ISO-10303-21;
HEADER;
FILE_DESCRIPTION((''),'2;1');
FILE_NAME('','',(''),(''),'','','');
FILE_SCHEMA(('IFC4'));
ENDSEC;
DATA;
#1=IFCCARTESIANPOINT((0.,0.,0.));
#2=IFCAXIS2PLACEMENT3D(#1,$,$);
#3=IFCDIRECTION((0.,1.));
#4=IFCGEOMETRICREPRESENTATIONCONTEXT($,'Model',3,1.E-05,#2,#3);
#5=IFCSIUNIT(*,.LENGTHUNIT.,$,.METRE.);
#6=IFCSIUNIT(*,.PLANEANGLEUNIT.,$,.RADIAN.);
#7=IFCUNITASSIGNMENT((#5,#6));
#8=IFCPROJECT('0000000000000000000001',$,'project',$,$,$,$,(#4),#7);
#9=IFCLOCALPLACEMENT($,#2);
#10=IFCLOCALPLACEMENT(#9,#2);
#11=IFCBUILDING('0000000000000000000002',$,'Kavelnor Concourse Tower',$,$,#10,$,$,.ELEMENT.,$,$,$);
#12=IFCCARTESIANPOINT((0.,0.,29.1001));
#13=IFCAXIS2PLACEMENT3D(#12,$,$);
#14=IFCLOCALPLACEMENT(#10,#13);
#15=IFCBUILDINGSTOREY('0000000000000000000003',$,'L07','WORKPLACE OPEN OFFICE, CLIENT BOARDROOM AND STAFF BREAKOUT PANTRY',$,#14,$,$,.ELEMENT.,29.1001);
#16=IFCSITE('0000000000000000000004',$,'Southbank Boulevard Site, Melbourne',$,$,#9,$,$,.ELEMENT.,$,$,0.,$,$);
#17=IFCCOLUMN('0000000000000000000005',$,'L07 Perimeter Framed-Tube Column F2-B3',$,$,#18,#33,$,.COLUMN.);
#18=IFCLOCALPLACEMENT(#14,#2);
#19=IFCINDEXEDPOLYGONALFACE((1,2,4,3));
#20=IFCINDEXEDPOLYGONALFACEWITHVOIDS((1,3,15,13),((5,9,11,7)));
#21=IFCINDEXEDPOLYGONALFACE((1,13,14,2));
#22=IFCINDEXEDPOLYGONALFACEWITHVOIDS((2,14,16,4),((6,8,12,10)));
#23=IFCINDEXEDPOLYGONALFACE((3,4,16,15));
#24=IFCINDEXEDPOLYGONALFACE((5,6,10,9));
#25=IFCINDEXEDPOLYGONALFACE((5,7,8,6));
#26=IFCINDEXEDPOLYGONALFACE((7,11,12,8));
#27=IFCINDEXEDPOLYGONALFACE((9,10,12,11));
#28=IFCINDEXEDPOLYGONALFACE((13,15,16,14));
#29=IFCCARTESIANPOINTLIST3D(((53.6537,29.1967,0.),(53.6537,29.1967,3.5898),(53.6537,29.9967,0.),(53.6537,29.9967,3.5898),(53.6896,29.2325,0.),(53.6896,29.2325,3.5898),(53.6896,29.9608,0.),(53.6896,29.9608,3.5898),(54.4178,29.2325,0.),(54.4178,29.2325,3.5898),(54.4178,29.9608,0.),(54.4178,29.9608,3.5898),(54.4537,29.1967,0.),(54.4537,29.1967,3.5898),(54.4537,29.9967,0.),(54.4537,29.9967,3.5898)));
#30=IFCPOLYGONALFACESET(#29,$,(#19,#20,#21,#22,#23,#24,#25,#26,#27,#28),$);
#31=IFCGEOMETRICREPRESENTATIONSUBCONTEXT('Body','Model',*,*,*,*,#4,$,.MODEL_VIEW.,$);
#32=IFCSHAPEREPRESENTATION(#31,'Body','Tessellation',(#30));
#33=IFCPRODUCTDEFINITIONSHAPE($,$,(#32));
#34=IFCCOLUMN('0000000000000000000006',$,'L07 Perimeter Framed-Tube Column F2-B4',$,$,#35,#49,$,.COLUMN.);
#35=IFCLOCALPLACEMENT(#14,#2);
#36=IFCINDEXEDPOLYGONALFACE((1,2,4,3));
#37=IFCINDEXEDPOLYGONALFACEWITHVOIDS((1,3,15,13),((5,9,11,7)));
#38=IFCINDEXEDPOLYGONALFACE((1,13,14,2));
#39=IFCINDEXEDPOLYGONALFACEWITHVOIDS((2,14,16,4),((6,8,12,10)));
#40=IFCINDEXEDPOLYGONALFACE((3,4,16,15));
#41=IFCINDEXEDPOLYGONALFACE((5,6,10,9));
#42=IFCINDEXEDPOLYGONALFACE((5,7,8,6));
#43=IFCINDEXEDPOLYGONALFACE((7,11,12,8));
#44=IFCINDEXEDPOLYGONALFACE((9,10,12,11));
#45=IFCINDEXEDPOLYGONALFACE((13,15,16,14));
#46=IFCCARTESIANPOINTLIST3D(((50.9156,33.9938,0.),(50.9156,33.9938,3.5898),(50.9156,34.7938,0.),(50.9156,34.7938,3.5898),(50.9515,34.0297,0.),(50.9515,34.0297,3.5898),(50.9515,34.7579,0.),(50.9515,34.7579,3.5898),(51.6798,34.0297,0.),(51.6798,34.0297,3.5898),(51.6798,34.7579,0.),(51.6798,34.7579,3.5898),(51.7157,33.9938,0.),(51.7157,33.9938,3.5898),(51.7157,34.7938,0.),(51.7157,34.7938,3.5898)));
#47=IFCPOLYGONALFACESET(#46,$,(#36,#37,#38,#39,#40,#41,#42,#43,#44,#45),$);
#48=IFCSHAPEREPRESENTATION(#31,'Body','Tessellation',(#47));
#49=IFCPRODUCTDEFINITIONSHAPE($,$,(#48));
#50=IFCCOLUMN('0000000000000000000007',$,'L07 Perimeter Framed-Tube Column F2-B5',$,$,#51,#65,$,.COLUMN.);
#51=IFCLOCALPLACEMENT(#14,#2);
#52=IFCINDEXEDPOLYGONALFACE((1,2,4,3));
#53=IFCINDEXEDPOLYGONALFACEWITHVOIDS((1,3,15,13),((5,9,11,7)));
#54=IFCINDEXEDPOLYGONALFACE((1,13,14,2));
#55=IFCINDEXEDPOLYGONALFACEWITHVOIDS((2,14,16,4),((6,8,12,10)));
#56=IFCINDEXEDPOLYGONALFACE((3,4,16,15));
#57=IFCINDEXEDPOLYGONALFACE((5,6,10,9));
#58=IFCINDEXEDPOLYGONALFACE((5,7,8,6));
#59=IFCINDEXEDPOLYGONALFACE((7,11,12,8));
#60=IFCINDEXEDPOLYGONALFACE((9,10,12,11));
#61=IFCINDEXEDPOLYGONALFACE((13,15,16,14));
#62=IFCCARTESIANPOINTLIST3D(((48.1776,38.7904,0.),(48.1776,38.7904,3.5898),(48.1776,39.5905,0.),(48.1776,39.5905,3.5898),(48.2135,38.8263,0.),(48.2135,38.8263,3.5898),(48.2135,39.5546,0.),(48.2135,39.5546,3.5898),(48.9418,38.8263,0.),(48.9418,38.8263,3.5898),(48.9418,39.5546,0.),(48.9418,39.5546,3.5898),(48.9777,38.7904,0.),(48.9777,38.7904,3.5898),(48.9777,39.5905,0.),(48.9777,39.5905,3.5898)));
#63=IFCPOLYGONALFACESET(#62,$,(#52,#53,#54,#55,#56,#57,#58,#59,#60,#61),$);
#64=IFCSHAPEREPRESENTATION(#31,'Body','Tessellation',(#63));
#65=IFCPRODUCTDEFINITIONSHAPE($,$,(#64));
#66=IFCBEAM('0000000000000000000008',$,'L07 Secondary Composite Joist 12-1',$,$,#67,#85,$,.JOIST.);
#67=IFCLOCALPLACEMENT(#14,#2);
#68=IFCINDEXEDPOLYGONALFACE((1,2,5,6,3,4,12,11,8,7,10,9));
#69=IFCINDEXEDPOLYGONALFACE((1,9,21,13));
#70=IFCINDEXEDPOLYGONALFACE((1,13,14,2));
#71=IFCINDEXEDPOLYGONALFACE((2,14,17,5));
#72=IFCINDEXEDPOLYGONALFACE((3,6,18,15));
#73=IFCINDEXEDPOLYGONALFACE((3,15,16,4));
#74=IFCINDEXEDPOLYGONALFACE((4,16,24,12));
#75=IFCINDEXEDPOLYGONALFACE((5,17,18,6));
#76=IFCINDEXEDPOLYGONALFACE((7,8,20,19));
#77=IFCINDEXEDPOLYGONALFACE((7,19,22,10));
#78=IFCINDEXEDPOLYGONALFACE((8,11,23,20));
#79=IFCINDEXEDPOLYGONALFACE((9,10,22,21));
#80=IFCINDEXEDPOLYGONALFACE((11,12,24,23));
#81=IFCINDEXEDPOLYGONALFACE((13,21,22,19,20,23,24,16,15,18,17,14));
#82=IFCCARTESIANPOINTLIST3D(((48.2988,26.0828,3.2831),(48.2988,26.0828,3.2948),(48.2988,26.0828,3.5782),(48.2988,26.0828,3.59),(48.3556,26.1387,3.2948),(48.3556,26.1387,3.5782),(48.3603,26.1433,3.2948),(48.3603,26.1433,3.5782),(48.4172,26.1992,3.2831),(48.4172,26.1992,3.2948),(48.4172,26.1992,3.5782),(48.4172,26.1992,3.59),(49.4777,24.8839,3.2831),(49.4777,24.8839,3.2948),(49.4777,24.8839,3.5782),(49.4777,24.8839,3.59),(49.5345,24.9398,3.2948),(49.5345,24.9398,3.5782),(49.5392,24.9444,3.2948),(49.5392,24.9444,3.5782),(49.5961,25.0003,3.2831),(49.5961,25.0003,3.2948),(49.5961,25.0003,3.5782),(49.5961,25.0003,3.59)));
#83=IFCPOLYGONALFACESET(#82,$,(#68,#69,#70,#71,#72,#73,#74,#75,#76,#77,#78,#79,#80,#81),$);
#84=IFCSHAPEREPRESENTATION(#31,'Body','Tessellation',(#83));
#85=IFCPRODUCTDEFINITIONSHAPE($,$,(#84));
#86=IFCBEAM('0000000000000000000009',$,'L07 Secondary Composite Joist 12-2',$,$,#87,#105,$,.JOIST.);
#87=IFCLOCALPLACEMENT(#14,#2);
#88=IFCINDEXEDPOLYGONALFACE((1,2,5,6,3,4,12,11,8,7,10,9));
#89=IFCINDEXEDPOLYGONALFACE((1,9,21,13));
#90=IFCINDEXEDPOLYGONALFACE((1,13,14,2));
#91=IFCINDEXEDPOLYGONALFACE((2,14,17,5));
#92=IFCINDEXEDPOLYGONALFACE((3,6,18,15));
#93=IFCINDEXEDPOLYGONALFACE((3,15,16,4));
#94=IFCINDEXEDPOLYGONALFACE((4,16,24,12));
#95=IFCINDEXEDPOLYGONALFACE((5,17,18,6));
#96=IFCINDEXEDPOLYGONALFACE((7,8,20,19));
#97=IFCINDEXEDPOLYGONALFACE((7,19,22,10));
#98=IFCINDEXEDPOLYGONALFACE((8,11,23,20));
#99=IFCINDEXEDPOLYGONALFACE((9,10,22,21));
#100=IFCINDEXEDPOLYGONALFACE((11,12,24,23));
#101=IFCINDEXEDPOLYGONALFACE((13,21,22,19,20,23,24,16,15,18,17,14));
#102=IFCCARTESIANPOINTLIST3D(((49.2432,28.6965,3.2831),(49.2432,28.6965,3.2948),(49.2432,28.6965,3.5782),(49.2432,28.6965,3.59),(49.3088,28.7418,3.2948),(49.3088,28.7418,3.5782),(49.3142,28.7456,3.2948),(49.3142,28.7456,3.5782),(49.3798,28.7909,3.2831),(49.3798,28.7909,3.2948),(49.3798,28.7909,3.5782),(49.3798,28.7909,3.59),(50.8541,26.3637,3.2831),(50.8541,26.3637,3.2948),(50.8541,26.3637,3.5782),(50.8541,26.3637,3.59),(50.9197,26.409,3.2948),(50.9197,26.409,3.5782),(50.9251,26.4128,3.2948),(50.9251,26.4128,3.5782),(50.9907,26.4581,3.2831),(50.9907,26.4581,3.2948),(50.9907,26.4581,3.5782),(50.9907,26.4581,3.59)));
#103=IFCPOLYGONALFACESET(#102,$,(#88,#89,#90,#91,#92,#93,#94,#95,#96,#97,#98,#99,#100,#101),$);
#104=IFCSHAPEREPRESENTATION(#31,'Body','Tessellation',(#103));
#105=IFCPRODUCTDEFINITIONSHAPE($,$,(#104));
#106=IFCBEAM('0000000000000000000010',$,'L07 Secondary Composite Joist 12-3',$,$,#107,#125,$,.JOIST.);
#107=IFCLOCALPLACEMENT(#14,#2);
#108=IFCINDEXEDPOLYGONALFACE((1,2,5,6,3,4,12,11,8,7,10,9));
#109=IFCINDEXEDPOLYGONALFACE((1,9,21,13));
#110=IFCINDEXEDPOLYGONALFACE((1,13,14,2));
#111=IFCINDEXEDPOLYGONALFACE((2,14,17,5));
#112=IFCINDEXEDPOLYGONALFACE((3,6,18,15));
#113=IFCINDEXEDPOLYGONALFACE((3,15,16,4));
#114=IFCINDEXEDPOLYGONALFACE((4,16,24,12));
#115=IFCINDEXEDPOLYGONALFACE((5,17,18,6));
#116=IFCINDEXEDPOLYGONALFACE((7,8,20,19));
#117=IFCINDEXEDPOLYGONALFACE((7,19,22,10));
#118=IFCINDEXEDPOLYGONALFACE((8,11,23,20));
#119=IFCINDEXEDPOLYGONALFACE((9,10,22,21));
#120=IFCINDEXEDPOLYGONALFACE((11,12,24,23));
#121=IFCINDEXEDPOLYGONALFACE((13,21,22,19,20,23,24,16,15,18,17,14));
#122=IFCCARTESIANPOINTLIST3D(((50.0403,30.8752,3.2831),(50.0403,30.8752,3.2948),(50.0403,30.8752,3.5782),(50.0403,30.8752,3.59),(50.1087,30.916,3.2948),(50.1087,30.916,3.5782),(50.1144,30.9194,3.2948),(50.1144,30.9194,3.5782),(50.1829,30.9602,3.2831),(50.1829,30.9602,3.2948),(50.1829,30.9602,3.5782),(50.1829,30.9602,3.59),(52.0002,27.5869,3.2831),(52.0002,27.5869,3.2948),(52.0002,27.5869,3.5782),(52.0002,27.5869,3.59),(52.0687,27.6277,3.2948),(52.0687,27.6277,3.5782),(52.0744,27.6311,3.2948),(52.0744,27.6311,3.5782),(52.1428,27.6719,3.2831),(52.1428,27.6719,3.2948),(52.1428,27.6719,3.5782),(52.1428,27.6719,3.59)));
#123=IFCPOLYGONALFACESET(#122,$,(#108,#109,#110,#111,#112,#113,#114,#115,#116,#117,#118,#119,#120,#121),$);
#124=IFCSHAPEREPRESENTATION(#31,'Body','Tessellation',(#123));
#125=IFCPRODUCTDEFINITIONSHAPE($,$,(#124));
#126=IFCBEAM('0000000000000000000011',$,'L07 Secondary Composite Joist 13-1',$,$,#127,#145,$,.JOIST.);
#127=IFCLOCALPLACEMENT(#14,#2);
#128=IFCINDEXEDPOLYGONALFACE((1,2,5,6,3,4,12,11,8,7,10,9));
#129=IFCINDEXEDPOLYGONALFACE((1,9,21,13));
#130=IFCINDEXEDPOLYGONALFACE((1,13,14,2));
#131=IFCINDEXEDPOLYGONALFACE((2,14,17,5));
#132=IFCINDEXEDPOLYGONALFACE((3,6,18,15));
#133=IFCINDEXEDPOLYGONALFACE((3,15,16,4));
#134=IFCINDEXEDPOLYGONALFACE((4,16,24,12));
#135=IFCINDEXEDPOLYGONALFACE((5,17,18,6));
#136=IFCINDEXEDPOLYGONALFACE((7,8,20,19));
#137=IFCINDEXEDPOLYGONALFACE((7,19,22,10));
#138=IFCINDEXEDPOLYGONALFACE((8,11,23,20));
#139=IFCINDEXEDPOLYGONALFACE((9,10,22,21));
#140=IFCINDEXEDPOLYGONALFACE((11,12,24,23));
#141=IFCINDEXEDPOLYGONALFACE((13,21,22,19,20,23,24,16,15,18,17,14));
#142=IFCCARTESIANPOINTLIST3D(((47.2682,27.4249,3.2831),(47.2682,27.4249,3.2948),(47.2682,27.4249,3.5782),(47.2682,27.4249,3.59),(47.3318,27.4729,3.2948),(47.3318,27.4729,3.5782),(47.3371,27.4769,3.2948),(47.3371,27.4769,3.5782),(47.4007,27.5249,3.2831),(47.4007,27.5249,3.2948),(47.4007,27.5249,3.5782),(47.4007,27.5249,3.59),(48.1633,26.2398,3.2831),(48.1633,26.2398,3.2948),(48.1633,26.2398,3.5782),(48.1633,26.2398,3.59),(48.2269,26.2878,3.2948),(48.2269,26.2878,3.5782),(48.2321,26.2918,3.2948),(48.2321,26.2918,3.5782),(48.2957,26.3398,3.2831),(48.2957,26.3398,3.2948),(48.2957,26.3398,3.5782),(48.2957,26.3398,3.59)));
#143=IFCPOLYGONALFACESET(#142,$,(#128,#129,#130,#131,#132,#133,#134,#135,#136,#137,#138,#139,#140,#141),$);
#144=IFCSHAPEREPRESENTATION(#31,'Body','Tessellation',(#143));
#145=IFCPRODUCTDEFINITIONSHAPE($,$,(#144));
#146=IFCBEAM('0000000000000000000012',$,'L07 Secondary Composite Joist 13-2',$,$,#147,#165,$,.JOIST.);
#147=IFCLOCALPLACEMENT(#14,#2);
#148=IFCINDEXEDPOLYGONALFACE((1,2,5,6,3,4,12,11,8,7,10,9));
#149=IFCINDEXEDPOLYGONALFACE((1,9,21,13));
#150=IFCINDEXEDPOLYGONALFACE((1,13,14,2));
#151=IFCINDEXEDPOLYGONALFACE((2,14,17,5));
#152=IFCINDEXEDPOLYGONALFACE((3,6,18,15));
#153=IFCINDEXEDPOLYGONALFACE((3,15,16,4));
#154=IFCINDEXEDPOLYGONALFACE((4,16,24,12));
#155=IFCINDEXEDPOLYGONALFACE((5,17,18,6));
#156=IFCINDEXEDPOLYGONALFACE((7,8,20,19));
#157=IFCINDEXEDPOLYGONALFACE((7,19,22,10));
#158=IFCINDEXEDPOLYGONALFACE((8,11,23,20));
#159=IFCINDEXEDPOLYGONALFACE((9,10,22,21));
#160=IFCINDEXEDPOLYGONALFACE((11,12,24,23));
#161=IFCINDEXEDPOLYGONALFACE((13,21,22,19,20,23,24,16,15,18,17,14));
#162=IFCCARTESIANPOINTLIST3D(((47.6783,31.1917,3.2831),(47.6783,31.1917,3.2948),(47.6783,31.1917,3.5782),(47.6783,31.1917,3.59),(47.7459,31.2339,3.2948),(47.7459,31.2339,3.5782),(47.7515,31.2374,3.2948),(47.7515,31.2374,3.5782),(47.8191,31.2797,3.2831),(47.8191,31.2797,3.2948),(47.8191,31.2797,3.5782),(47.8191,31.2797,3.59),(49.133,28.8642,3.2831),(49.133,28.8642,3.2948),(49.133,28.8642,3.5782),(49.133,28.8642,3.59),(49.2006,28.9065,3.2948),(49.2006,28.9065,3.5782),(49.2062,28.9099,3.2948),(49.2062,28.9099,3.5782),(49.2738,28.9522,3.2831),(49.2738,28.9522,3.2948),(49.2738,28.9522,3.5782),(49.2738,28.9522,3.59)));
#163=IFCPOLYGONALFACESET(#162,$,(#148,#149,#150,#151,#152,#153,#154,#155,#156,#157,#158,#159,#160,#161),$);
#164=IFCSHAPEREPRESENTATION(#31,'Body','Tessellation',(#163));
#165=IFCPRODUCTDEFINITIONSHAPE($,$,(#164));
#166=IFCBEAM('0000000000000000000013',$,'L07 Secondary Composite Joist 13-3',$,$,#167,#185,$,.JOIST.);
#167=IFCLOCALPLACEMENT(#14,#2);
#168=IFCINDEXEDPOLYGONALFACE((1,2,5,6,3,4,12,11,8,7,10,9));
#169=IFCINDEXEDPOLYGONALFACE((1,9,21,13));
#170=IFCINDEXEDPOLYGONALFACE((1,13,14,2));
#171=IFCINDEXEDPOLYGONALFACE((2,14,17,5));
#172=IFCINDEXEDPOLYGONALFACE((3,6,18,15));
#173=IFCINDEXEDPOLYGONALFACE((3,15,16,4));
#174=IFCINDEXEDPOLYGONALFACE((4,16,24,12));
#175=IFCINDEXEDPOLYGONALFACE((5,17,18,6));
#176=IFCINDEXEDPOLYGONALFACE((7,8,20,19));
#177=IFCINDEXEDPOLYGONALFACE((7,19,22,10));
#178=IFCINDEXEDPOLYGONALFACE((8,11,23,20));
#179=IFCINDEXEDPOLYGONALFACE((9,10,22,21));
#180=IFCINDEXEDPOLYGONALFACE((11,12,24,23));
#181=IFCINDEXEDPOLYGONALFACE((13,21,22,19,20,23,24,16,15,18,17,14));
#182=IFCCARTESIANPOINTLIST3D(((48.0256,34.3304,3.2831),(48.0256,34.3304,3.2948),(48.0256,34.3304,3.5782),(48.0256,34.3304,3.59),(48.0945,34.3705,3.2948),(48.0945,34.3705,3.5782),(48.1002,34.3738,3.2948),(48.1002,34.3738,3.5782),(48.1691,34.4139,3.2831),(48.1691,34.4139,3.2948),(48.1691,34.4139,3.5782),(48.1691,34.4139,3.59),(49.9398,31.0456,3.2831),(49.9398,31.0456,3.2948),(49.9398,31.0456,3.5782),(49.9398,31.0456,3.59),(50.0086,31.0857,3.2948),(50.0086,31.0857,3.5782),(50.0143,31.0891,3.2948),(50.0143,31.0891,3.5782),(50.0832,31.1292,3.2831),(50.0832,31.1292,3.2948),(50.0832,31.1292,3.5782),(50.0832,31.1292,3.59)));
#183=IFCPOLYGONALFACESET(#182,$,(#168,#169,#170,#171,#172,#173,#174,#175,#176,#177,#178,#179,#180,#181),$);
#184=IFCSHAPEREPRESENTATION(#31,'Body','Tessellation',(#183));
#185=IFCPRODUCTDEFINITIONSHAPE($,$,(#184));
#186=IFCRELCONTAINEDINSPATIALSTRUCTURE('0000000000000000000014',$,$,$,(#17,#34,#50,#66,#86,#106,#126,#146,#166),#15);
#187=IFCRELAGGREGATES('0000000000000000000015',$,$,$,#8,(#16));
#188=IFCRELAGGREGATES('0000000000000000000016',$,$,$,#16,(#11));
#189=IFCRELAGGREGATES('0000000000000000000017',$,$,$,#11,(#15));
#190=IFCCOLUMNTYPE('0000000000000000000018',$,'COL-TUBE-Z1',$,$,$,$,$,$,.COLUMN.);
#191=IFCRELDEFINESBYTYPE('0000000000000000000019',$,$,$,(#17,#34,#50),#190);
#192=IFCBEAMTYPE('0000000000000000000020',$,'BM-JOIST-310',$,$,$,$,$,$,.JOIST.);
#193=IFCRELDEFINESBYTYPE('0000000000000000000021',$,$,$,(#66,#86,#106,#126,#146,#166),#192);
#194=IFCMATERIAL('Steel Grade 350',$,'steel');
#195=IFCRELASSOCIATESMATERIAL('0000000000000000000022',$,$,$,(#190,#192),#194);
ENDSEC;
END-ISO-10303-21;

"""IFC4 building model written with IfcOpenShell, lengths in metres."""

from ifc_helpers import new_model, si_unit, direction, frame, origin, origin_2d, place, context, subcontext, project, spatial, hollow_rectangle, i_section, extrude, material, material_profile, profile_set, type_object, element, save


model = new_model("IFC4")

# Units and contexts
model_context = context("Model", 3, precision=1e-05, world=origin(), true_north=direction((0.0, 1.0)))
body_context = subcontext(model_context, "Body", "Model", "MODEL_VIEW")
ifc_project = project(units=[si_unit("LENGTHUNIT", "METRE"), si_unit("PLANEANGLEUNIT", "RADIAN")], contexts=[model_context])

# Site, building, storey
site_placement = place(None, origin())
site = spatial("IfcSite", under=ifc_project, at=site_placement, Name="Southbank Boulevard Site, Melbourne", CompositionType="ELEMENT", RefElevation=0.0)
building_placement = place(site_placement, origin())
building = spatial("IfcBuilding", under=site, at=building_placement, Name="Kavelnor Concourse Tower", CompositionType="ELEMENT")
storey_placement = place(building_placement, frame((0.0, 0.0, 29.1001)))
storey = spatial("IfcBuildingStorey", under=building, at=storey_placement, Name="L07", Description="WORKPLACE OPEN OFFICE, CLIENT BOARDROOM AND STAFF BREAKOUT PANTRY", CompositionType="ELEMENT", Elevation=29.1001)

# Columns
ifc_material_1 = material(Name="Steel Grade 350", Category="steel")
ifc_material_profile_1 = material_profile(ifc_material_1, hollow_rectangle(XDim=0.8, YDim=0.8, WallThickness=0.0359, at=origin_2d()), Name="SHS 800x800x36")
ifc_profile_set_1 = profile_set([ifc_material_profile_1], Name="Steel Grade 350")
column_type = type_object("IfcColumnType", Name="COL-TUBE-Z1", PredefinedType="COLUMN", material=ifc_profile_set_1)
for number, where, z_axis, x_axis, name in (
    (1, (54.0537, 29.5967, 0.0), (0.0, 0.0, 1.0), (1.0, 0.0, 0.0), "L07 Perimeter Framed-Tube Column F2-B3"),
    (2, (51.3157, 34.3938, 0.0), (0.0, 0.0, 1.0), (1.0, 0.0, 0.0), "L07 Perimeter Framed-Tube Column F2-B4"),
    (3, (48.5776, 39.1904, 0.0), (0.0, 0.0, 1.0), (1.0, 0.0, 0.0), "L07 Perimeter Framed-Tube Column F2-B5"),
):
    element("IfcColumn", number, at=place(storey_placement, frame(where, z_axis=z_axis, x_axis=x_axis)), inside=storey, type_object=column_type, Name=name, PredefinedType="COLUMN", context=body_context, shape_type="SweptSolid", body=[
        extrude(hollow_rectangle(XDim=0.8, YDim=0.8, WallThickness=0.0359, at=origin_2d()), origin(), (0.0, 0.0, 1.0), 3.5898),
    ])

# Beams
ifc_material_profile_2 = material_profile(ifc_material_1, i_section(OverallWidth=0.166, OverallDepth=0.3069, WebThickness=0.0066, FlangeThickness=0.0117, at=origin_2d()), Name="310UB46")
ifc_profile_set_2 = profile_set([ifc_material_profile_2], Name="Steel Grade 350")
beam_type_1 = type_object("IfcBeamType", Name="BM-JOIST-310", PredefinedType="JOIST", material=ifc_profile_set_2)
beam_1_placement = place(storey_placement, frame((49.5369, 24.9421, 3.4365), z_axis=(-0.701129, 0.713035, 0.0), x_axis=(-0.713035, -0.701129, 0.0)))
element("IfcBeam", 4, at=beam_1_placement, inside=storey, type_object=beam_type_1, Name="L07 Secondary Composite Joist 12-1", PredefinedType="JOIST", context=body_context, shape_type="SweptSolid", body=[
    extrude(i_section(OverallWidth=0.166, OverallDepth=0.3069, WebThickness=0.0066, FlangeThickness=0.0117, at=origin_2d()), origin(), (0.0, 0.0, 1.0), 1.6814),
])
beam_2_placement = place(storey_placement, frame((50.9224, 26.4109, 3.4365), z_axis=(-0.56822, 0.822877, 0.0), x_axis=(-0.822877, -0.56822, 0.0)))
element("IfcBeam", 5, at=beam_2_placement, inside=storey, type_object=beam_type_1, Name="L07 Secondary Composite Joist 12-2", PredefinedType="JOIST", context=body_context, shape_type="SweptSolid", body=[
    extrude(i_section(OverallWidth=0.166, OverallDepth=0.3069, WebThickness=0.0066, FlangeThickness=0.0117, at=origin_2d()), origin(), (0.0, 0.0, 1.0), 2.835),
])
beam_3_placement = place(storey_placement, frame((52.0715, 27.6294, 3.4365), z_axis=(-0.511989, 0.858992, 0.0), x_axis=(-0.858992, -0.511989, 0.0)))
element("IfcBeam", 6, at=beam_3_placement, inside=storey, type_object=beam_type_1, Name="L07 Secondary Composite Joist 12-3", PredefinedType="JOIST", context=body_context, shape_type="SweptSolid", body=[
    extrude(i_section(OverallWidth=0.166, OverallDepth=0.3069, WebThickness=0.0066, FlangeThickness=0.0117, at=origin_2d()), origin(), (0.0, 0.0, 1.0), 3.8281),
])
beam_4_placement = place(storey_placement, frame((48.2295, 26.2898, 3.4365), z_axis=(-0.60268, 0.797983, 0.0), x_axis=(-0.797983, -0.60268, 0.0)))
element("IfcBeam", 7, at=beam_4_placement, inside=storey, type_object=beam_type_1, Name="L07 Secondary Composite Joist 13-1", PredefinedType="JOIST", context=body_context, shape_type="SweptSolid", body=[
    extrude(i_section(OverallWidth=0.166, OverallDepth=0.3069, WebThickness=0.0066, FlangeThickness=0.0117, at=origin_2d()), origin(), (0.0, 0.0, 1.0), 1.4851),
])
beam_5_placement = place(storey_placement, frame((49.2034, 28.9082, 3.4365), z_axis=(-0.529991, 0.848003, 0.0), x_axis=(-0.848003, -0.529991, 0.0)))
element("IfcBeam", 8, at=beam_5_placement, inside=storey, type_object=beam_type_1, Name="L07 Secondary Composite Joist 13-2", PredefinedType="JOIST", context=body_context, shape_type="SweptSolid", body=[
    extrude(i_section(OverallWidth=0.166, OverallDepth=0.3069, WebThickness=0.0066, FlangeThickness=0.0117, at=origin_2d()), origin(), (0.0, 0.0, 1.0), 2.7446),
])
beam_6_placement = place(storey_placement, frame((50.0115, 31.0874, 3.4365), z_axis=(-0.50348, 0.864007, 0.0), x_axis=(-0.864007, -0.50348, 0.0)))
element("IfcBeam", 9, at=beam_6_placement, inside=storey, type_object=beam_type_1, Name="L07 Secondary Composite Joist 13-3", PredefinedType="JOIST", context=body_context, shape_type="SweptSolid", body=[
    extrude(i_section(OverallWidth=0.166, OverallDepth=0.3069, WebThickness=0.0066, FlangeThickness=0.0117, at=origin_2d()), origin(), (0.0, 0.0, 1.0), 3.8018),
])

save(model, "model.ifc")
